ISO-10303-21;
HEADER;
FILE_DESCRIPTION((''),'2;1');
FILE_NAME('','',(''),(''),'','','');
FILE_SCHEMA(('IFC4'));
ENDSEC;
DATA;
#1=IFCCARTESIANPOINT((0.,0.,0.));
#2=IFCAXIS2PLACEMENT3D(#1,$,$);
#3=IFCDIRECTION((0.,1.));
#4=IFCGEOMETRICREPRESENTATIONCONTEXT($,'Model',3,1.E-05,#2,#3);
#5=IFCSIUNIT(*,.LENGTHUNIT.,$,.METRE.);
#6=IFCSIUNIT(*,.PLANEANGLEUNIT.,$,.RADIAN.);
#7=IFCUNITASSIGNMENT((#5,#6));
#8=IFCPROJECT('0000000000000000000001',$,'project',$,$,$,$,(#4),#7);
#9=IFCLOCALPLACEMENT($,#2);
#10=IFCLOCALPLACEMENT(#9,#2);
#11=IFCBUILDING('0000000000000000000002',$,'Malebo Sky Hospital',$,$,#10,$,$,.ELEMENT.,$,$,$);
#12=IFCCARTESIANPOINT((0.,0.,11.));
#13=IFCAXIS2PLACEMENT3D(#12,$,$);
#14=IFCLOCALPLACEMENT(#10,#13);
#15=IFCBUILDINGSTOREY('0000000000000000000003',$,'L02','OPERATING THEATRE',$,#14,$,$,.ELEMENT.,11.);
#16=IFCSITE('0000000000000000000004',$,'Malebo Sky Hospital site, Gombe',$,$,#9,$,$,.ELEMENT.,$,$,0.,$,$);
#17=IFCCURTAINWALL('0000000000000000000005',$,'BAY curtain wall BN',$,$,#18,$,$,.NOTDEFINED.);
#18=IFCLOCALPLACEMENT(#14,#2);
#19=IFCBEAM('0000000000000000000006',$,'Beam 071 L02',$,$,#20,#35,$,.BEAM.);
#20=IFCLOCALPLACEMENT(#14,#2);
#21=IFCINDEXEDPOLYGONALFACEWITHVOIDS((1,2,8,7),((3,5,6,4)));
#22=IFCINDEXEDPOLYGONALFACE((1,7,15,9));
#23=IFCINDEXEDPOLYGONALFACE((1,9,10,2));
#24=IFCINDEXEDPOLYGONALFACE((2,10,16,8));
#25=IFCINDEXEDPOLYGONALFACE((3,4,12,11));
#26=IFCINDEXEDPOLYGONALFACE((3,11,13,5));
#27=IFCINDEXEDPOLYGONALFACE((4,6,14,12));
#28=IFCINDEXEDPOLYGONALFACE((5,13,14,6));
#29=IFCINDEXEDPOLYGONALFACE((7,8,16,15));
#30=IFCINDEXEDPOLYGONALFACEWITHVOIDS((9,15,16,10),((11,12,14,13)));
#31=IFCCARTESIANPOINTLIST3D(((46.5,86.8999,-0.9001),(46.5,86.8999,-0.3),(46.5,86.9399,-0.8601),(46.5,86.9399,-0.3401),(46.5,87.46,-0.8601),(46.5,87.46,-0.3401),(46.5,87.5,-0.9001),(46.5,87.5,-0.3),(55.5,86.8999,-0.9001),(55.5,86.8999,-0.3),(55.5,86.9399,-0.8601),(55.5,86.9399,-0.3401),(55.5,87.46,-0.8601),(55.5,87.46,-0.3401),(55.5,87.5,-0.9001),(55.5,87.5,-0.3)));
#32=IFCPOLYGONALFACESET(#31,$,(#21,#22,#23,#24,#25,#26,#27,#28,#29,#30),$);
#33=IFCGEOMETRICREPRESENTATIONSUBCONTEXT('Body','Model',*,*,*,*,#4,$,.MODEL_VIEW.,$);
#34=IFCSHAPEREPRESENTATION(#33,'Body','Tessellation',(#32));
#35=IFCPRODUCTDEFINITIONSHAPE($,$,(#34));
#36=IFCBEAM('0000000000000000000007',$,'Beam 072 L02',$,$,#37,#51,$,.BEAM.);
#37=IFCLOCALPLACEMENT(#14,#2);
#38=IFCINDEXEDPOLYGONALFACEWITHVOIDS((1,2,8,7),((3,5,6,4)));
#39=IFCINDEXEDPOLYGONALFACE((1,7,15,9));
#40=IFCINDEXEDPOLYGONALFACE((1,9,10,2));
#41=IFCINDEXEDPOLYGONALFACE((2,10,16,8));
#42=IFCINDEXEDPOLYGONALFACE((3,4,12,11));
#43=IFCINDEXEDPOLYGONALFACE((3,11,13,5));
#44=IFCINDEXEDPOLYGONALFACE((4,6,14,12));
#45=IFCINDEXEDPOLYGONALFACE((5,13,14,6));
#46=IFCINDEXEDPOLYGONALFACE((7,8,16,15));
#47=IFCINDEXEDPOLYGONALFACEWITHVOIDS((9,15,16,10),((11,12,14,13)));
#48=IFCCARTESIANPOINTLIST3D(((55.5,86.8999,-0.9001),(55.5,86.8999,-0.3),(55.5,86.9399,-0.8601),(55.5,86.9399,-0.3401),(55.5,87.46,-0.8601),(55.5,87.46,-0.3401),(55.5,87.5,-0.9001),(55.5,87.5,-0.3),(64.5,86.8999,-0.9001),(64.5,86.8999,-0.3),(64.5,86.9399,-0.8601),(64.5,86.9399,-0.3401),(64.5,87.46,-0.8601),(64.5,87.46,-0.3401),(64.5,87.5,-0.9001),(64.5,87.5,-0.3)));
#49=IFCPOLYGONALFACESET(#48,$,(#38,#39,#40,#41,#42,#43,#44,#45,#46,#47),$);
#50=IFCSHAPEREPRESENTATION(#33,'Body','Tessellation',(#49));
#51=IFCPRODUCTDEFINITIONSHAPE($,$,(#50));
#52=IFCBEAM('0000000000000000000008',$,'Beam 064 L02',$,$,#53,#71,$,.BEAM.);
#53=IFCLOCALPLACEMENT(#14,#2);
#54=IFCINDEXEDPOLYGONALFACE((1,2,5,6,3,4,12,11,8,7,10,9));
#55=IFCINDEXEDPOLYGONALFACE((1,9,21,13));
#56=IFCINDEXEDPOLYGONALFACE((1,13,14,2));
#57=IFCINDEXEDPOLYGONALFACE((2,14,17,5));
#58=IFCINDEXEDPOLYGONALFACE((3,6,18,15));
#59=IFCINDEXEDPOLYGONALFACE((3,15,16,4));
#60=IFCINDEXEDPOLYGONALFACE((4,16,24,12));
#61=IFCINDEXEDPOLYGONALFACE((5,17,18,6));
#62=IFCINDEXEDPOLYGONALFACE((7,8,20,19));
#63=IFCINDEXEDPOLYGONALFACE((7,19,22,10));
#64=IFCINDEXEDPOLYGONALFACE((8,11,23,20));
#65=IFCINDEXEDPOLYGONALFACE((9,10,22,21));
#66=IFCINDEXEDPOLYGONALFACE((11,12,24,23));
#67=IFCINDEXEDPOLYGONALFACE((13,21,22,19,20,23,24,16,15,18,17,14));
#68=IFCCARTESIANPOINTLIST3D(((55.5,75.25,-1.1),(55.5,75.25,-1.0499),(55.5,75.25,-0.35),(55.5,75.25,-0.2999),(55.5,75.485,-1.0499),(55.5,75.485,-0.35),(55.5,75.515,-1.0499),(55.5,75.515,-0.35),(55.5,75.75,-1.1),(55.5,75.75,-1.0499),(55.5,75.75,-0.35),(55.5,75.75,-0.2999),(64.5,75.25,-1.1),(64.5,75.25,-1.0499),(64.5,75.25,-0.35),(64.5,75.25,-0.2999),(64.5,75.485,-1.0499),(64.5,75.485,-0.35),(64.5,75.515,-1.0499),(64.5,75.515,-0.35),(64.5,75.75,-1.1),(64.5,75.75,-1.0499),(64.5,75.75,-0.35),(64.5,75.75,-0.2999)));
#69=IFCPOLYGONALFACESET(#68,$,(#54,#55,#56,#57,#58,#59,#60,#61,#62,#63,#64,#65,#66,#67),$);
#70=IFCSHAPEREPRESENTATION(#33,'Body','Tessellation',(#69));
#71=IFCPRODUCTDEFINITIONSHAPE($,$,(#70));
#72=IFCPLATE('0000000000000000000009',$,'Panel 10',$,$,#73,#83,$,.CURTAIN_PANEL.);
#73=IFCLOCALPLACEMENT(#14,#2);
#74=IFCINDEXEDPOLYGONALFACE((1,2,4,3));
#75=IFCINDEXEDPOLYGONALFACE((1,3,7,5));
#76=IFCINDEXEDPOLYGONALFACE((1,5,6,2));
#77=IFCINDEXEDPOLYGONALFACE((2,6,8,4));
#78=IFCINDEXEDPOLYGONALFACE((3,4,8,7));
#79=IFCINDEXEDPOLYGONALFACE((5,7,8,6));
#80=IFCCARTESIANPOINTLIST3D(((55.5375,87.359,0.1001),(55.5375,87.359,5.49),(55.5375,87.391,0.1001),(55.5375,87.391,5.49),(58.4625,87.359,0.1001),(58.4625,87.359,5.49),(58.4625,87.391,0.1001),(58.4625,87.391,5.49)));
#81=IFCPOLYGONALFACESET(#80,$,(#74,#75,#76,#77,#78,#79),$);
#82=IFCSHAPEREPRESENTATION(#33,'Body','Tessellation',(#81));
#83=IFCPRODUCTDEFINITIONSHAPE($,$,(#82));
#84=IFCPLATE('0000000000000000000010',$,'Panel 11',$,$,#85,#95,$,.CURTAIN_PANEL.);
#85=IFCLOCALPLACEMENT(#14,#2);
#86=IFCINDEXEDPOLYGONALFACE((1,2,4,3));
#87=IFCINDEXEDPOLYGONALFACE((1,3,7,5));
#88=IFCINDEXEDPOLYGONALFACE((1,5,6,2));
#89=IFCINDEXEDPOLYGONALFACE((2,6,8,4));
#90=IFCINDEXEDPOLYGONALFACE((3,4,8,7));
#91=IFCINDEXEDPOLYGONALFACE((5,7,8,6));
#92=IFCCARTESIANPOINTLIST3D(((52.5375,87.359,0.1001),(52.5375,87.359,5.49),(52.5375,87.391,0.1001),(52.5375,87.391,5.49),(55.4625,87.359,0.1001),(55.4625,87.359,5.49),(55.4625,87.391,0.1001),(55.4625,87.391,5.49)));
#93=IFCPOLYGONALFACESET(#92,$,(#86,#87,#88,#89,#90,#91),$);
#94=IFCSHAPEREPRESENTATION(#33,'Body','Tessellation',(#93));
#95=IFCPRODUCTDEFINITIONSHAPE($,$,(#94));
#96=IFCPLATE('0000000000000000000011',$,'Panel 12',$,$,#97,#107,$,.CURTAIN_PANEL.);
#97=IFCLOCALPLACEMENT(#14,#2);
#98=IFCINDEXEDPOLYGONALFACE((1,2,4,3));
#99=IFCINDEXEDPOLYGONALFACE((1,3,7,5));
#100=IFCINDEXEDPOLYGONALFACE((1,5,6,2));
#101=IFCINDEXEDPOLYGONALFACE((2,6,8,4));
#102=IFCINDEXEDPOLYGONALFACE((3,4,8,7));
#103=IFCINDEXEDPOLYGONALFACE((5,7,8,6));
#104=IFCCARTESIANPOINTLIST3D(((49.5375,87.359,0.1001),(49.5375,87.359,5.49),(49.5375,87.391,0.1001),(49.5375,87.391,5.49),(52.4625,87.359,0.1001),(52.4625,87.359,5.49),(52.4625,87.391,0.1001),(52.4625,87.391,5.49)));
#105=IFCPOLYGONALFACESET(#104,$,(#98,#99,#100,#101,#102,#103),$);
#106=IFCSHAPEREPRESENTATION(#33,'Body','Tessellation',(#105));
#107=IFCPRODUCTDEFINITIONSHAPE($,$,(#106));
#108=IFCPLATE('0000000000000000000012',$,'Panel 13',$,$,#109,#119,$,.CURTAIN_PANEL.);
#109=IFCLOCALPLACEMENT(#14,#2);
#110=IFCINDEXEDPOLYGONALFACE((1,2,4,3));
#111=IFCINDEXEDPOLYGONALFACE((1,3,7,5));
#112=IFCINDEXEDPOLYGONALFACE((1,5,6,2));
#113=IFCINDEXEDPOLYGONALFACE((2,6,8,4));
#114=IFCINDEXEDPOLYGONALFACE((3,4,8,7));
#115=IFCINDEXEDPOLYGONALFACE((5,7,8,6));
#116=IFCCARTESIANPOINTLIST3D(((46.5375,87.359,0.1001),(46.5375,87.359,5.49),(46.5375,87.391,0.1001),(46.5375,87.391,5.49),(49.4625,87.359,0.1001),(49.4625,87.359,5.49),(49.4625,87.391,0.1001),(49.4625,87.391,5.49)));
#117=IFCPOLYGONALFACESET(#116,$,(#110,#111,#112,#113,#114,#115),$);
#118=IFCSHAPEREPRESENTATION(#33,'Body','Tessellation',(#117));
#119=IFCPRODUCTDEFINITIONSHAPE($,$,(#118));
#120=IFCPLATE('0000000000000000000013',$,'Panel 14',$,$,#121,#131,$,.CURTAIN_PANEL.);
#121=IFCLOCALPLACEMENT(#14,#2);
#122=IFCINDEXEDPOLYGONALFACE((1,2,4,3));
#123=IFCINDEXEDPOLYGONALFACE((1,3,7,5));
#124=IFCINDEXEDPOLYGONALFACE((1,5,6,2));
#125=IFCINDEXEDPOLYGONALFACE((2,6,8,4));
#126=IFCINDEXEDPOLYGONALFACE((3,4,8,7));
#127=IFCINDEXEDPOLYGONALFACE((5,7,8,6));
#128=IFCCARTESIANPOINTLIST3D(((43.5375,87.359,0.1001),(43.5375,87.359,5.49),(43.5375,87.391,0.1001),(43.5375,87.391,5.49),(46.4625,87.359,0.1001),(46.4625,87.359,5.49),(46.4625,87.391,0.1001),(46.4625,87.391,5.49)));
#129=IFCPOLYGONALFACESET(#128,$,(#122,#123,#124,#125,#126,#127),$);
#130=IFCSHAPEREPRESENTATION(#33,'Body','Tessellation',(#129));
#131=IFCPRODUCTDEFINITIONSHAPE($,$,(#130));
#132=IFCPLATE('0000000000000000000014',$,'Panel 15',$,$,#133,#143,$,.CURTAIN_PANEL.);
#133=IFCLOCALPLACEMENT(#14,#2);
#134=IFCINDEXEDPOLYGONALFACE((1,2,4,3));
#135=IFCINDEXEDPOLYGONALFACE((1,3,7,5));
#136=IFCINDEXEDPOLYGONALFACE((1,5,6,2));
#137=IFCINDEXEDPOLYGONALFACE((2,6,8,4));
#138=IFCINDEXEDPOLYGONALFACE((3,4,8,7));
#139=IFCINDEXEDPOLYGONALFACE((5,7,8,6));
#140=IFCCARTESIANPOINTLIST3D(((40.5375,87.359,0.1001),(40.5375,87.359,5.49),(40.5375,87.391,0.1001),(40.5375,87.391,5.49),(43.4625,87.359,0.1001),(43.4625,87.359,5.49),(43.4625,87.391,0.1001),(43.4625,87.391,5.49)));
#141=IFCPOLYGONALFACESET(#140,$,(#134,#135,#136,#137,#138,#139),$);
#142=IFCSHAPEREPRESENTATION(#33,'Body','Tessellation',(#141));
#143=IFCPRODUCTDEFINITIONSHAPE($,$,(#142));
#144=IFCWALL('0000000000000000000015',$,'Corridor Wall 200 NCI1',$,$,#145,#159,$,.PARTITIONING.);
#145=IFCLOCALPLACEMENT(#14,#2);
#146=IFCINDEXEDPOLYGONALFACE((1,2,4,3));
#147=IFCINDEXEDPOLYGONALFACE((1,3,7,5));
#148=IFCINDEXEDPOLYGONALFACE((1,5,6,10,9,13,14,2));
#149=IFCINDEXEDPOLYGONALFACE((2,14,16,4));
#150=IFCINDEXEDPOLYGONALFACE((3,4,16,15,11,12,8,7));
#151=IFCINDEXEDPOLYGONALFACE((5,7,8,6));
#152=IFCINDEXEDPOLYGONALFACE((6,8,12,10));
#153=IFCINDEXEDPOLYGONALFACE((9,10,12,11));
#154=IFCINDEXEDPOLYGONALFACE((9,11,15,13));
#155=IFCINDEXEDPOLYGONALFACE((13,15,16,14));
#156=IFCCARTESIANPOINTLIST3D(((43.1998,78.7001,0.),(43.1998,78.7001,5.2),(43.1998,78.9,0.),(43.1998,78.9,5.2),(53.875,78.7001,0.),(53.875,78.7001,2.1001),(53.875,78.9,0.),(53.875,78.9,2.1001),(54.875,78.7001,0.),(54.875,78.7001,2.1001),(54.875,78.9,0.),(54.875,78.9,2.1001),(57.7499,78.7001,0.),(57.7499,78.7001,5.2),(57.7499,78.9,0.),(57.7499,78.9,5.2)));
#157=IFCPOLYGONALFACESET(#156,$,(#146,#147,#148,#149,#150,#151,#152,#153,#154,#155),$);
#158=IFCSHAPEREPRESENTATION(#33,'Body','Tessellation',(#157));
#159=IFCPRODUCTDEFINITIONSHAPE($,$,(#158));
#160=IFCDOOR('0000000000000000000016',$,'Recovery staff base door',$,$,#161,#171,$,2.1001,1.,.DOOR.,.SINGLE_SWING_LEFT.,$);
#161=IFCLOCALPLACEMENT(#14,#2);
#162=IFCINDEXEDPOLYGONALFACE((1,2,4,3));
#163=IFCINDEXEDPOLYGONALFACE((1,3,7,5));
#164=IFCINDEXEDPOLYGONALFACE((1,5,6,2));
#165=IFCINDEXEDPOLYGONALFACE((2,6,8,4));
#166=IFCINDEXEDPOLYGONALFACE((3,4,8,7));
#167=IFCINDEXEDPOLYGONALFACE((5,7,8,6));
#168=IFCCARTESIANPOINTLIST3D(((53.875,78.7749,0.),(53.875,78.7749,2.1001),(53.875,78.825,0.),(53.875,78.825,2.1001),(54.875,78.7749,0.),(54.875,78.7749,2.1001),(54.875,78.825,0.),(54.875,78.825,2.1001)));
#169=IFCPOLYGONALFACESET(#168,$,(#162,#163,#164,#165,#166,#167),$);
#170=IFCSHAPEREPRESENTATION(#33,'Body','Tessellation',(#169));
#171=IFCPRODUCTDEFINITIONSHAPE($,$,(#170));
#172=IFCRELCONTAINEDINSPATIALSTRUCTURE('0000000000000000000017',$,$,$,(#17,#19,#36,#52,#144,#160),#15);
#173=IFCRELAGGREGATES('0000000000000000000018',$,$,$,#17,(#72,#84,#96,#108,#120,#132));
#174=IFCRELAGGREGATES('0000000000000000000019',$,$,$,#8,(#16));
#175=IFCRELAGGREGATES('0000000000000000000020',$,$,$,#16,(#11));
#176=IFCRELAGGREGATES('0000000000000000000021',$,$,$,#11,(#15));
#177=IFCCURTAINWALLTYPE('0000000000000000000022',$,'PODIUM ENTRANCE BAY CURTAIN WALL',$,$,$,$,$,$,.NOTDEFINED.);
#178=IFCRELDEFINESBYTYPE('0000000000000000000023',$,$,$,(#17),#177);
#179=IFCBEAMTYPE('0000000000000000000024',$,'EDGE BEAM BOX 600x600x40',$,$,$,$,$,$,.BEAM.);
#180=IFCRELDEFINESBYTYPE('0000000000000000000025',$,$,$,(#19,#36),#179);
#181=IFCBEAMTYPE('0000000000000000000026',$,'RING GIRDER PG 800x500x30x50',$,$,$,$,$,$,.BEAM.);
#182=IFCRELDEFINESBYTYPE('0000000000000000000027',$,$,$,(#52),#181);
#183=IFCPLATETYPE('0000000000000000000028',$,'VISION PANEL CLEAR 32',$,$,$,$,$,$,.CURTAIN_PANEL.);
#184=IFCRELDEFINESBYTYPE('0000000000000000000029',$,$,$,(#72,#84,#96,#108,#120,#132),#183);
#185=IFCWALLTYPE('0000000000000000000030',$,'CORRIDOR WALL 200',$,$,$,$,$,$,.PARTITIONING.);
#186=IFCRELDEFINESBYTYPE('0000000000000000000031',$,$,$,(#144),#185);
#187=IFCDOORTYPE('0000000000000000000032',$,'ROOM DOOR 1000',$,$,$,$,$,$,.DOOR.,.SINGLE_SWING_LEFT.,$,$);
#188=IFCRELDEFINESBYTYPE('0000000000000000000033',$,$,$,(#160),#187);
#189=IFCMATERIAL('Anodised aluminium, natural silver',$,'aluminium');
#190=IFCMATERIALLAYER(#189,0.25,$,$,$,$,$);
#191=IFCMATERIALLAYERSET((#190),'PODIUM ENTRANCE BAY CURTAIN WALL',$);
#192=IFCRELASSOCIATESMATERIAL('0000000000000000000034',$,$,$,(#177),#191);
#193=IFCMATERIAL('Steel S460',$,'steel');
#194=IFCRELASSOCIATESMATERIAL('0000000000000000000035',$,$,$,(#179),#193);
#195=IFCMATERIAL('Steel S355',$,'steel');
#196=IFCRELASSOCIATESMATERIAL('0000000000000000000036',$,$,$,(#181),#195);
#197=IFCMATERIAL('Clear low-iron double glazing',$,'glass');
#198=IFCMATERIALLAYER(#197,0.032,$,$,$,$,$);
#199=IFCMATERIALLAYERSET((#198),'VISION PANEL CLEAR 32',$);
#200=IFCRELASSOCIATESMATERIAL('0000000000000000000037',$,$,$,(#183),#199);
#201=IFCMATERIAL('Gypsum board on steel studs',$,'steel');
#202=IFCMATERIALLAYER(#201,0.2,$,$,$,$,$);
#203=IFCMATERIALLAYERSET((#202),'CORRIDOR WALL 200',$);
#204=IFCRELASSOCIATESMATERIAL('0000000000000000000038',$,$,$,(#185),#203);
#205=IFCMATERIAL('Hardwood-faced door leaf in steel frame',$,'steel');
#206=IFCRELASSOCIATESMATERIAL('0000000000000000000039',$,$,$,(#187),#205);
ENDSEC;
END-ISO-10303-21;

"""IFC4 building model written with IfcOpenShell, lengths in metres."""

from ifc_helpers import new_model, si_unit, direction, frame, frame_2d, origin, origin_2d, place, context, subcontext, project, spatial, rectangle, hollow_rectangle, i_section, extrude, material, layer, layer_set, material_profile, profile_set, type_object, element, fill, aggregate, save


model = new_model("IFC4")

# Units and contexts
model_context = context("Model", 3, precision=1e-05, world=origin(), true_north=direction((0.0, 1.0)))
body_context = subcontext(model_context, "Body", "Model", "MODEL_VIEW")
ifc_project = project(units=[si_unit("LENGTHUNIT", "METRE"), si_unit("PLANEANGLEUNIT", "RADIAN")], contexts=[model_context])

# Site, building, storey
site_placement = place(None, origin())
site = spatial("IfcSite", under=ifc_project, at=site_placement, Name="Malebo Sky Hospital site, Gombe", CompositionType="ELEMENT", RefElevation=0.0)
building_placement = place(site_placement, origin())
building = spatial("IfcBuilding", under=site, at=building_placement, Name="Malebo Sky Hospital", CompositionType="ELEMENT")
storey_placement = place(building_placement, frame((0.0, 0.0, 11.0)))
storey = spatial("IfcBuildingStorey", under=building, at=storey_placement, Name="L02", Description="OPERATING THEATRE", CompositionType="ELEMENT", Elevation=11.0)

# Shared definitions
ifc_material_1 = material(Name="Steel S460", Category="steel")

# Curtain wall
ifc_material_2 = material(Name="Anodised aluminium, natural silver", Category="aluminium")
ifc_layer_1 = layer(ifc_material_2, 0.25)
ifc_layer_set_1 = layer_set([ifc_layer_1], Name="PODIUM ENTRANCE BAY CURTAIN WALL")
curtain_wall_type = type_object("IfcCurtainWallType", Name="PODIUM ENTRANCE BAY CURTAIN WALL", PredefinedType="NOTDEFINED", material=ifc_layer_set_1)
curtain_wall_placement = place(storey_placement, origin())
curtain_wall = element("IfcCurtainWall", 1, at=curtain_wall_placement, inside=storey, type_object=curtain_wall_type, Name="BAY curtain wall BN", PredefinedType="NOTDEFINED")

# Beams
ifc_material_profile_1 = material_profile(ifc_material_1, hollow_rectangle(XDim=0.6001, YDim=0.6001, WallThickness=0.04, at=origin_2d()), Name="BOX 600x600x40")
ifc_profile_set_1 = profile_set([ifc_material_profile_1], Name="Steel S460")
beam_type_1 = type_object("IfcBeamType", Name="EDGE BEAM BOX 600x600x40", PredefinedType="BEAM", material=ifc_profile_set_1)
for number, where, z_axis, x_axis, name in (
    (2, (46.5, 87.2, -0.6001), (1.0, 0.0, 0.0), (0.0, 1.0, 0.0), "Beam 071 L02"),
    (3, (55.5, 87.2, -0.6001), (1.0, 0.0, 0.0), (0.0, 1.0, 0.0), "Beam 072 L02"),
):
    element("IfcBeam", number, at=place(storey_placement, frame(where, z_axis=z_axis, x_axis=x_axis)), inside=storey, type_object=beam_type_1, Name=name, PredefinedType="BEAM", context=body_context, shape_type="SweptSolid", body=[
        extrude(hollow_rectangle(XDim=0.6001, YDim=0.6001, WallThickness=0.04, at=origin_2d()), origin(), (0.0, 0.0, 1.0), 9.0),
    ])
ifc_material_3 = material(Name="Steel S355", Category="steel")
ifc_material_profile_2 = material_profile(ifc_material_3, i_section(OverallWidth=0.5, OverallDepth=0.8, WebThickness=0.03, FlangeThickness=0.05, at=origin_2d()), Name="PG 800x500x30x50")
ifc_profile_set_2 = profile_set([ifc_material_profile_2], Name="Steel S355")
beam_type_2 = type_object("IfcBeamType", Name="RING GIRDER PG 800x500x30x50", PredefinedType="BEAM", material=ifc_profile_set_2)
beam_placement = place(storey_placement, frame((55.5, 75.5, -0.7), z_axis=(1.0, 0.0, 0.0), x_axis=(0.0, 1.0, 0.0)))
element("IfcBeam", 4, at=beam_placement, inside=storey, type_object=beam_type_2, Name="Beam 064 L02", PredefinedType="BEAM", context=body_context, shape_type="SweptSolid", body=[
    extrude(i_section(OverallWidth=0.5, OverallDepth=0.8, WebThickness=0.03, FlangeThickness=0.05, at=origin_2d()), origin(), (0.0, 0.0, 1.0), 9.0),
])

# Plates
ifc_material_4 = material(Name="Clear low-iron double glazing", Category="glass")
ifc_layer_2 = layer(ifc_material_4, 0.032)
ifc_layer_set_2 = layer_set([ifc_layer_2], Name="VISION PANEL CLEAR 32")
plate_type = type_object("IfcPlateType", Name="VISION PANEL CLEAR 32", PredefinedType="CURTAIN_PANEL", material=ifc_layer_set_2)
plate_1_placement = place(storey_placement, frame((57.0, 87.375, 0.1001), z_axis=(0.0, 0.0, 1.0), x_axis=(-1.0, 0.0, 0.0)))
plate_1 = element("IfcPlate", 5, at=plate_1_placement, type_object=plate_type, Name="Panel 10", PredefinedType="CURTAIN_PANEL", context=body_context, shape_type="SweptSolid", body=[
    extrude(rectangle(XDim=2.925, YDim=0.032, at=origin_2d()), origin(), (0.0, 0.0, 1.0), 5.3899),
])
plate_2_placement = place(storey_placement, frame((54.0, 87.375, 0.1001), z_axis=(0.0, 0.0, 1.0), x_axis=(-1.0, 0.0, 0.0)))
plate_2 = element("IfcPlate", 6, at=plate_2_placement, type_object=plate_type, Name="Panel 11", PredefinedType="CURTAIN_PANEL", context=body_context, shape_type="SweptSolid", body=[
    extrude(rectangle(XDim=2.925, YDim=0.032, at=origin_2d()), origin(), (0.0, 0.0, 1.0), 5.3899),
])
plate_3_placement = place(storey_placement, frame((51.0, 87.375, 0.1001), z_axis=(0.0, 0.0, 1.0), x_axis=(-1.0, 0.0, 0.0)))
plate_3 = element("IfcPlate", 7, at=plate_3_placement, type_object=plate_type, Name="Panel 12", PredefinedType="CURTAIN_PANEL", context=body_context, shape_type="SweptSolid", body=[
    extrude(rectangle(XDim=2.925, YDim=0.032, at=origin_2d()), origin(), (0.0, 0.0, 1.0), 5.3899),
])
plate_4_placement = place(storey_placement, frame((48.0, 87.375, 0.1001), z_axis=(0.0, 0.0, 1.0), x_axis=(-1.0, 0.0, 0.0)))
plate_4 = element("IfcPlate", 8, at=plate_4_placement, type_object=plate_type, Name="Panel 13", PredefinedType="CURTAIN_PANEL", context=body_context, shape_type="SweptSolid", body=[
    extrude(rectangle(XDim=2.925, YDim=0.032, at=origin_2d()), origin(), (0.0, 0.0, 1.0), 5.3899),
])
plate_5_placement = place(storey_placement, frame((45.0, 87.375, 0.1001), z_axis=(0.0, 0.0, 1.0), x_axis=(-1.0, 0.0, 0.0)))
plate_5 = element("IfcPlate", 9, at=plate_5_placement, type_object=plate_type, Name="Panel 14", PredefinedType="CURTAIN_PANEL", context=body_context, shape_type="SweptSolid", body=[
    extrude(rectangle(XDim=2.925, YDim=0.032, at=origin_2d()), origin(), (0.0, 0.0, 1.0), 5.3899),
])
plate_6_placement = place(storey_placement, frame((42.0, 87.375, 0.1001), z_axis=(0.0, 0.0, 1.0), x_axis=(-1.0, 0.0, 0.0)))
plate_6 = element("IfcPlate", 10, at=plate_6_placement, type_object=plate_type, Name="Panel 15", PredefinedType="CURTAIN_PANEL", context=body_context, shape_type="SweptSolid", body=[
    extrude(rectangle(XDim=2.925, YDim=0.032, at=origin_2d()), origin(), (0.0, 0.0, 1.0), 5.3899),
])
aggregate(curtain_wall, [plate_1, plate_2, plate_3, plate_4, plate_5, plate_6])

# Wall, opening, door
ifc_material_5 = material(Name="Gypsum board on steel studs", Category="steel")
ifc_layer_3 = layer(ifc_material_5, 0.2)
ifc_layer_set_3 = layer_set([ifc_layer_3], Name="CORRIDOR WALL 200")
wall_type = type_object("IfcWallType", Name="CORRIDOR WALL 200", PredefinedType="PARTITIONING", material=ifc_layer_set_3)
wall_placement = place(storey_placement, frame((43.2, 78.8, 0.0), z_axis=(0.0, 0.0, 1.0), x_axis=(1.0, 0.0, 0.0)))
wall = element("IfcWall", 11, at=wall_placement, inside=storey, type_object=wall_type, Name="Corridor Wall 200 NCI1", PredefinedType="PARTITIONING", context=body_context, shape_type="SweptSolid", body=[
    extrude(rectangle(XDim=14.55, YDim=0.2, at=frame_2d((7.2749, 0.0))), origin(), (0.0, 0.0, 1.0), 5.2),
])
opening_placement = place(wall_placement, frame((10.675, 0.0, 0.0)))
opening = element("IfcOpeningElement", 12, at=opening_placement, cuts=wall, PredefinedType="OPENING", context=body_context, shape_type="SweptSolid", body=[
    extrude(rectangle(XDim=1.0, YDim=2.1001, at=frame_2d((0.5, 1.05))), frame((0.0, 0.1099, 0.0), z_axis=(0.0, -1.0, 0.0), x_axis=(1.0, 0.0, 0.0)), (0.0, 0.0, 1.0), 0.22),
])
ifc_material_6 = material(Name="Hardwood-faced door leaf in steel frame", Category="steel")
door_type = type_object("IfcDoorType", Name="ROOM DOOR 1000", OperationType="SINGLE_SWING_LEFT", PredefinedType="DOOR", material=ifc_material_6)
door_placement = place(opening_placement, origin())
door = element("IfcDoor", 13, at=door_placement, inside=storey, type_object=door_type, Name="Recovery staff base door", OperationType="SINGLE_SWING_LEFT", OverallHeight=2.1001, OverallWidth=1.0, PredefinedType="DOOR", context=body_context, shape_type="SweptSolid", body=[
    extrude(rectangle(XDim=1.0, YDim=2.1001, at=frame_2d((0.5, 1.05))), frame((0.0, 0.0249, 0.0), z_axis=(0.0, -1.0, 0.0), x_axis=(1.0, 0.0, 0.0)), (0.0, 0.0, 1.0), 0.05),
])
fill(opening, door)

save(model, "model.ifc")
